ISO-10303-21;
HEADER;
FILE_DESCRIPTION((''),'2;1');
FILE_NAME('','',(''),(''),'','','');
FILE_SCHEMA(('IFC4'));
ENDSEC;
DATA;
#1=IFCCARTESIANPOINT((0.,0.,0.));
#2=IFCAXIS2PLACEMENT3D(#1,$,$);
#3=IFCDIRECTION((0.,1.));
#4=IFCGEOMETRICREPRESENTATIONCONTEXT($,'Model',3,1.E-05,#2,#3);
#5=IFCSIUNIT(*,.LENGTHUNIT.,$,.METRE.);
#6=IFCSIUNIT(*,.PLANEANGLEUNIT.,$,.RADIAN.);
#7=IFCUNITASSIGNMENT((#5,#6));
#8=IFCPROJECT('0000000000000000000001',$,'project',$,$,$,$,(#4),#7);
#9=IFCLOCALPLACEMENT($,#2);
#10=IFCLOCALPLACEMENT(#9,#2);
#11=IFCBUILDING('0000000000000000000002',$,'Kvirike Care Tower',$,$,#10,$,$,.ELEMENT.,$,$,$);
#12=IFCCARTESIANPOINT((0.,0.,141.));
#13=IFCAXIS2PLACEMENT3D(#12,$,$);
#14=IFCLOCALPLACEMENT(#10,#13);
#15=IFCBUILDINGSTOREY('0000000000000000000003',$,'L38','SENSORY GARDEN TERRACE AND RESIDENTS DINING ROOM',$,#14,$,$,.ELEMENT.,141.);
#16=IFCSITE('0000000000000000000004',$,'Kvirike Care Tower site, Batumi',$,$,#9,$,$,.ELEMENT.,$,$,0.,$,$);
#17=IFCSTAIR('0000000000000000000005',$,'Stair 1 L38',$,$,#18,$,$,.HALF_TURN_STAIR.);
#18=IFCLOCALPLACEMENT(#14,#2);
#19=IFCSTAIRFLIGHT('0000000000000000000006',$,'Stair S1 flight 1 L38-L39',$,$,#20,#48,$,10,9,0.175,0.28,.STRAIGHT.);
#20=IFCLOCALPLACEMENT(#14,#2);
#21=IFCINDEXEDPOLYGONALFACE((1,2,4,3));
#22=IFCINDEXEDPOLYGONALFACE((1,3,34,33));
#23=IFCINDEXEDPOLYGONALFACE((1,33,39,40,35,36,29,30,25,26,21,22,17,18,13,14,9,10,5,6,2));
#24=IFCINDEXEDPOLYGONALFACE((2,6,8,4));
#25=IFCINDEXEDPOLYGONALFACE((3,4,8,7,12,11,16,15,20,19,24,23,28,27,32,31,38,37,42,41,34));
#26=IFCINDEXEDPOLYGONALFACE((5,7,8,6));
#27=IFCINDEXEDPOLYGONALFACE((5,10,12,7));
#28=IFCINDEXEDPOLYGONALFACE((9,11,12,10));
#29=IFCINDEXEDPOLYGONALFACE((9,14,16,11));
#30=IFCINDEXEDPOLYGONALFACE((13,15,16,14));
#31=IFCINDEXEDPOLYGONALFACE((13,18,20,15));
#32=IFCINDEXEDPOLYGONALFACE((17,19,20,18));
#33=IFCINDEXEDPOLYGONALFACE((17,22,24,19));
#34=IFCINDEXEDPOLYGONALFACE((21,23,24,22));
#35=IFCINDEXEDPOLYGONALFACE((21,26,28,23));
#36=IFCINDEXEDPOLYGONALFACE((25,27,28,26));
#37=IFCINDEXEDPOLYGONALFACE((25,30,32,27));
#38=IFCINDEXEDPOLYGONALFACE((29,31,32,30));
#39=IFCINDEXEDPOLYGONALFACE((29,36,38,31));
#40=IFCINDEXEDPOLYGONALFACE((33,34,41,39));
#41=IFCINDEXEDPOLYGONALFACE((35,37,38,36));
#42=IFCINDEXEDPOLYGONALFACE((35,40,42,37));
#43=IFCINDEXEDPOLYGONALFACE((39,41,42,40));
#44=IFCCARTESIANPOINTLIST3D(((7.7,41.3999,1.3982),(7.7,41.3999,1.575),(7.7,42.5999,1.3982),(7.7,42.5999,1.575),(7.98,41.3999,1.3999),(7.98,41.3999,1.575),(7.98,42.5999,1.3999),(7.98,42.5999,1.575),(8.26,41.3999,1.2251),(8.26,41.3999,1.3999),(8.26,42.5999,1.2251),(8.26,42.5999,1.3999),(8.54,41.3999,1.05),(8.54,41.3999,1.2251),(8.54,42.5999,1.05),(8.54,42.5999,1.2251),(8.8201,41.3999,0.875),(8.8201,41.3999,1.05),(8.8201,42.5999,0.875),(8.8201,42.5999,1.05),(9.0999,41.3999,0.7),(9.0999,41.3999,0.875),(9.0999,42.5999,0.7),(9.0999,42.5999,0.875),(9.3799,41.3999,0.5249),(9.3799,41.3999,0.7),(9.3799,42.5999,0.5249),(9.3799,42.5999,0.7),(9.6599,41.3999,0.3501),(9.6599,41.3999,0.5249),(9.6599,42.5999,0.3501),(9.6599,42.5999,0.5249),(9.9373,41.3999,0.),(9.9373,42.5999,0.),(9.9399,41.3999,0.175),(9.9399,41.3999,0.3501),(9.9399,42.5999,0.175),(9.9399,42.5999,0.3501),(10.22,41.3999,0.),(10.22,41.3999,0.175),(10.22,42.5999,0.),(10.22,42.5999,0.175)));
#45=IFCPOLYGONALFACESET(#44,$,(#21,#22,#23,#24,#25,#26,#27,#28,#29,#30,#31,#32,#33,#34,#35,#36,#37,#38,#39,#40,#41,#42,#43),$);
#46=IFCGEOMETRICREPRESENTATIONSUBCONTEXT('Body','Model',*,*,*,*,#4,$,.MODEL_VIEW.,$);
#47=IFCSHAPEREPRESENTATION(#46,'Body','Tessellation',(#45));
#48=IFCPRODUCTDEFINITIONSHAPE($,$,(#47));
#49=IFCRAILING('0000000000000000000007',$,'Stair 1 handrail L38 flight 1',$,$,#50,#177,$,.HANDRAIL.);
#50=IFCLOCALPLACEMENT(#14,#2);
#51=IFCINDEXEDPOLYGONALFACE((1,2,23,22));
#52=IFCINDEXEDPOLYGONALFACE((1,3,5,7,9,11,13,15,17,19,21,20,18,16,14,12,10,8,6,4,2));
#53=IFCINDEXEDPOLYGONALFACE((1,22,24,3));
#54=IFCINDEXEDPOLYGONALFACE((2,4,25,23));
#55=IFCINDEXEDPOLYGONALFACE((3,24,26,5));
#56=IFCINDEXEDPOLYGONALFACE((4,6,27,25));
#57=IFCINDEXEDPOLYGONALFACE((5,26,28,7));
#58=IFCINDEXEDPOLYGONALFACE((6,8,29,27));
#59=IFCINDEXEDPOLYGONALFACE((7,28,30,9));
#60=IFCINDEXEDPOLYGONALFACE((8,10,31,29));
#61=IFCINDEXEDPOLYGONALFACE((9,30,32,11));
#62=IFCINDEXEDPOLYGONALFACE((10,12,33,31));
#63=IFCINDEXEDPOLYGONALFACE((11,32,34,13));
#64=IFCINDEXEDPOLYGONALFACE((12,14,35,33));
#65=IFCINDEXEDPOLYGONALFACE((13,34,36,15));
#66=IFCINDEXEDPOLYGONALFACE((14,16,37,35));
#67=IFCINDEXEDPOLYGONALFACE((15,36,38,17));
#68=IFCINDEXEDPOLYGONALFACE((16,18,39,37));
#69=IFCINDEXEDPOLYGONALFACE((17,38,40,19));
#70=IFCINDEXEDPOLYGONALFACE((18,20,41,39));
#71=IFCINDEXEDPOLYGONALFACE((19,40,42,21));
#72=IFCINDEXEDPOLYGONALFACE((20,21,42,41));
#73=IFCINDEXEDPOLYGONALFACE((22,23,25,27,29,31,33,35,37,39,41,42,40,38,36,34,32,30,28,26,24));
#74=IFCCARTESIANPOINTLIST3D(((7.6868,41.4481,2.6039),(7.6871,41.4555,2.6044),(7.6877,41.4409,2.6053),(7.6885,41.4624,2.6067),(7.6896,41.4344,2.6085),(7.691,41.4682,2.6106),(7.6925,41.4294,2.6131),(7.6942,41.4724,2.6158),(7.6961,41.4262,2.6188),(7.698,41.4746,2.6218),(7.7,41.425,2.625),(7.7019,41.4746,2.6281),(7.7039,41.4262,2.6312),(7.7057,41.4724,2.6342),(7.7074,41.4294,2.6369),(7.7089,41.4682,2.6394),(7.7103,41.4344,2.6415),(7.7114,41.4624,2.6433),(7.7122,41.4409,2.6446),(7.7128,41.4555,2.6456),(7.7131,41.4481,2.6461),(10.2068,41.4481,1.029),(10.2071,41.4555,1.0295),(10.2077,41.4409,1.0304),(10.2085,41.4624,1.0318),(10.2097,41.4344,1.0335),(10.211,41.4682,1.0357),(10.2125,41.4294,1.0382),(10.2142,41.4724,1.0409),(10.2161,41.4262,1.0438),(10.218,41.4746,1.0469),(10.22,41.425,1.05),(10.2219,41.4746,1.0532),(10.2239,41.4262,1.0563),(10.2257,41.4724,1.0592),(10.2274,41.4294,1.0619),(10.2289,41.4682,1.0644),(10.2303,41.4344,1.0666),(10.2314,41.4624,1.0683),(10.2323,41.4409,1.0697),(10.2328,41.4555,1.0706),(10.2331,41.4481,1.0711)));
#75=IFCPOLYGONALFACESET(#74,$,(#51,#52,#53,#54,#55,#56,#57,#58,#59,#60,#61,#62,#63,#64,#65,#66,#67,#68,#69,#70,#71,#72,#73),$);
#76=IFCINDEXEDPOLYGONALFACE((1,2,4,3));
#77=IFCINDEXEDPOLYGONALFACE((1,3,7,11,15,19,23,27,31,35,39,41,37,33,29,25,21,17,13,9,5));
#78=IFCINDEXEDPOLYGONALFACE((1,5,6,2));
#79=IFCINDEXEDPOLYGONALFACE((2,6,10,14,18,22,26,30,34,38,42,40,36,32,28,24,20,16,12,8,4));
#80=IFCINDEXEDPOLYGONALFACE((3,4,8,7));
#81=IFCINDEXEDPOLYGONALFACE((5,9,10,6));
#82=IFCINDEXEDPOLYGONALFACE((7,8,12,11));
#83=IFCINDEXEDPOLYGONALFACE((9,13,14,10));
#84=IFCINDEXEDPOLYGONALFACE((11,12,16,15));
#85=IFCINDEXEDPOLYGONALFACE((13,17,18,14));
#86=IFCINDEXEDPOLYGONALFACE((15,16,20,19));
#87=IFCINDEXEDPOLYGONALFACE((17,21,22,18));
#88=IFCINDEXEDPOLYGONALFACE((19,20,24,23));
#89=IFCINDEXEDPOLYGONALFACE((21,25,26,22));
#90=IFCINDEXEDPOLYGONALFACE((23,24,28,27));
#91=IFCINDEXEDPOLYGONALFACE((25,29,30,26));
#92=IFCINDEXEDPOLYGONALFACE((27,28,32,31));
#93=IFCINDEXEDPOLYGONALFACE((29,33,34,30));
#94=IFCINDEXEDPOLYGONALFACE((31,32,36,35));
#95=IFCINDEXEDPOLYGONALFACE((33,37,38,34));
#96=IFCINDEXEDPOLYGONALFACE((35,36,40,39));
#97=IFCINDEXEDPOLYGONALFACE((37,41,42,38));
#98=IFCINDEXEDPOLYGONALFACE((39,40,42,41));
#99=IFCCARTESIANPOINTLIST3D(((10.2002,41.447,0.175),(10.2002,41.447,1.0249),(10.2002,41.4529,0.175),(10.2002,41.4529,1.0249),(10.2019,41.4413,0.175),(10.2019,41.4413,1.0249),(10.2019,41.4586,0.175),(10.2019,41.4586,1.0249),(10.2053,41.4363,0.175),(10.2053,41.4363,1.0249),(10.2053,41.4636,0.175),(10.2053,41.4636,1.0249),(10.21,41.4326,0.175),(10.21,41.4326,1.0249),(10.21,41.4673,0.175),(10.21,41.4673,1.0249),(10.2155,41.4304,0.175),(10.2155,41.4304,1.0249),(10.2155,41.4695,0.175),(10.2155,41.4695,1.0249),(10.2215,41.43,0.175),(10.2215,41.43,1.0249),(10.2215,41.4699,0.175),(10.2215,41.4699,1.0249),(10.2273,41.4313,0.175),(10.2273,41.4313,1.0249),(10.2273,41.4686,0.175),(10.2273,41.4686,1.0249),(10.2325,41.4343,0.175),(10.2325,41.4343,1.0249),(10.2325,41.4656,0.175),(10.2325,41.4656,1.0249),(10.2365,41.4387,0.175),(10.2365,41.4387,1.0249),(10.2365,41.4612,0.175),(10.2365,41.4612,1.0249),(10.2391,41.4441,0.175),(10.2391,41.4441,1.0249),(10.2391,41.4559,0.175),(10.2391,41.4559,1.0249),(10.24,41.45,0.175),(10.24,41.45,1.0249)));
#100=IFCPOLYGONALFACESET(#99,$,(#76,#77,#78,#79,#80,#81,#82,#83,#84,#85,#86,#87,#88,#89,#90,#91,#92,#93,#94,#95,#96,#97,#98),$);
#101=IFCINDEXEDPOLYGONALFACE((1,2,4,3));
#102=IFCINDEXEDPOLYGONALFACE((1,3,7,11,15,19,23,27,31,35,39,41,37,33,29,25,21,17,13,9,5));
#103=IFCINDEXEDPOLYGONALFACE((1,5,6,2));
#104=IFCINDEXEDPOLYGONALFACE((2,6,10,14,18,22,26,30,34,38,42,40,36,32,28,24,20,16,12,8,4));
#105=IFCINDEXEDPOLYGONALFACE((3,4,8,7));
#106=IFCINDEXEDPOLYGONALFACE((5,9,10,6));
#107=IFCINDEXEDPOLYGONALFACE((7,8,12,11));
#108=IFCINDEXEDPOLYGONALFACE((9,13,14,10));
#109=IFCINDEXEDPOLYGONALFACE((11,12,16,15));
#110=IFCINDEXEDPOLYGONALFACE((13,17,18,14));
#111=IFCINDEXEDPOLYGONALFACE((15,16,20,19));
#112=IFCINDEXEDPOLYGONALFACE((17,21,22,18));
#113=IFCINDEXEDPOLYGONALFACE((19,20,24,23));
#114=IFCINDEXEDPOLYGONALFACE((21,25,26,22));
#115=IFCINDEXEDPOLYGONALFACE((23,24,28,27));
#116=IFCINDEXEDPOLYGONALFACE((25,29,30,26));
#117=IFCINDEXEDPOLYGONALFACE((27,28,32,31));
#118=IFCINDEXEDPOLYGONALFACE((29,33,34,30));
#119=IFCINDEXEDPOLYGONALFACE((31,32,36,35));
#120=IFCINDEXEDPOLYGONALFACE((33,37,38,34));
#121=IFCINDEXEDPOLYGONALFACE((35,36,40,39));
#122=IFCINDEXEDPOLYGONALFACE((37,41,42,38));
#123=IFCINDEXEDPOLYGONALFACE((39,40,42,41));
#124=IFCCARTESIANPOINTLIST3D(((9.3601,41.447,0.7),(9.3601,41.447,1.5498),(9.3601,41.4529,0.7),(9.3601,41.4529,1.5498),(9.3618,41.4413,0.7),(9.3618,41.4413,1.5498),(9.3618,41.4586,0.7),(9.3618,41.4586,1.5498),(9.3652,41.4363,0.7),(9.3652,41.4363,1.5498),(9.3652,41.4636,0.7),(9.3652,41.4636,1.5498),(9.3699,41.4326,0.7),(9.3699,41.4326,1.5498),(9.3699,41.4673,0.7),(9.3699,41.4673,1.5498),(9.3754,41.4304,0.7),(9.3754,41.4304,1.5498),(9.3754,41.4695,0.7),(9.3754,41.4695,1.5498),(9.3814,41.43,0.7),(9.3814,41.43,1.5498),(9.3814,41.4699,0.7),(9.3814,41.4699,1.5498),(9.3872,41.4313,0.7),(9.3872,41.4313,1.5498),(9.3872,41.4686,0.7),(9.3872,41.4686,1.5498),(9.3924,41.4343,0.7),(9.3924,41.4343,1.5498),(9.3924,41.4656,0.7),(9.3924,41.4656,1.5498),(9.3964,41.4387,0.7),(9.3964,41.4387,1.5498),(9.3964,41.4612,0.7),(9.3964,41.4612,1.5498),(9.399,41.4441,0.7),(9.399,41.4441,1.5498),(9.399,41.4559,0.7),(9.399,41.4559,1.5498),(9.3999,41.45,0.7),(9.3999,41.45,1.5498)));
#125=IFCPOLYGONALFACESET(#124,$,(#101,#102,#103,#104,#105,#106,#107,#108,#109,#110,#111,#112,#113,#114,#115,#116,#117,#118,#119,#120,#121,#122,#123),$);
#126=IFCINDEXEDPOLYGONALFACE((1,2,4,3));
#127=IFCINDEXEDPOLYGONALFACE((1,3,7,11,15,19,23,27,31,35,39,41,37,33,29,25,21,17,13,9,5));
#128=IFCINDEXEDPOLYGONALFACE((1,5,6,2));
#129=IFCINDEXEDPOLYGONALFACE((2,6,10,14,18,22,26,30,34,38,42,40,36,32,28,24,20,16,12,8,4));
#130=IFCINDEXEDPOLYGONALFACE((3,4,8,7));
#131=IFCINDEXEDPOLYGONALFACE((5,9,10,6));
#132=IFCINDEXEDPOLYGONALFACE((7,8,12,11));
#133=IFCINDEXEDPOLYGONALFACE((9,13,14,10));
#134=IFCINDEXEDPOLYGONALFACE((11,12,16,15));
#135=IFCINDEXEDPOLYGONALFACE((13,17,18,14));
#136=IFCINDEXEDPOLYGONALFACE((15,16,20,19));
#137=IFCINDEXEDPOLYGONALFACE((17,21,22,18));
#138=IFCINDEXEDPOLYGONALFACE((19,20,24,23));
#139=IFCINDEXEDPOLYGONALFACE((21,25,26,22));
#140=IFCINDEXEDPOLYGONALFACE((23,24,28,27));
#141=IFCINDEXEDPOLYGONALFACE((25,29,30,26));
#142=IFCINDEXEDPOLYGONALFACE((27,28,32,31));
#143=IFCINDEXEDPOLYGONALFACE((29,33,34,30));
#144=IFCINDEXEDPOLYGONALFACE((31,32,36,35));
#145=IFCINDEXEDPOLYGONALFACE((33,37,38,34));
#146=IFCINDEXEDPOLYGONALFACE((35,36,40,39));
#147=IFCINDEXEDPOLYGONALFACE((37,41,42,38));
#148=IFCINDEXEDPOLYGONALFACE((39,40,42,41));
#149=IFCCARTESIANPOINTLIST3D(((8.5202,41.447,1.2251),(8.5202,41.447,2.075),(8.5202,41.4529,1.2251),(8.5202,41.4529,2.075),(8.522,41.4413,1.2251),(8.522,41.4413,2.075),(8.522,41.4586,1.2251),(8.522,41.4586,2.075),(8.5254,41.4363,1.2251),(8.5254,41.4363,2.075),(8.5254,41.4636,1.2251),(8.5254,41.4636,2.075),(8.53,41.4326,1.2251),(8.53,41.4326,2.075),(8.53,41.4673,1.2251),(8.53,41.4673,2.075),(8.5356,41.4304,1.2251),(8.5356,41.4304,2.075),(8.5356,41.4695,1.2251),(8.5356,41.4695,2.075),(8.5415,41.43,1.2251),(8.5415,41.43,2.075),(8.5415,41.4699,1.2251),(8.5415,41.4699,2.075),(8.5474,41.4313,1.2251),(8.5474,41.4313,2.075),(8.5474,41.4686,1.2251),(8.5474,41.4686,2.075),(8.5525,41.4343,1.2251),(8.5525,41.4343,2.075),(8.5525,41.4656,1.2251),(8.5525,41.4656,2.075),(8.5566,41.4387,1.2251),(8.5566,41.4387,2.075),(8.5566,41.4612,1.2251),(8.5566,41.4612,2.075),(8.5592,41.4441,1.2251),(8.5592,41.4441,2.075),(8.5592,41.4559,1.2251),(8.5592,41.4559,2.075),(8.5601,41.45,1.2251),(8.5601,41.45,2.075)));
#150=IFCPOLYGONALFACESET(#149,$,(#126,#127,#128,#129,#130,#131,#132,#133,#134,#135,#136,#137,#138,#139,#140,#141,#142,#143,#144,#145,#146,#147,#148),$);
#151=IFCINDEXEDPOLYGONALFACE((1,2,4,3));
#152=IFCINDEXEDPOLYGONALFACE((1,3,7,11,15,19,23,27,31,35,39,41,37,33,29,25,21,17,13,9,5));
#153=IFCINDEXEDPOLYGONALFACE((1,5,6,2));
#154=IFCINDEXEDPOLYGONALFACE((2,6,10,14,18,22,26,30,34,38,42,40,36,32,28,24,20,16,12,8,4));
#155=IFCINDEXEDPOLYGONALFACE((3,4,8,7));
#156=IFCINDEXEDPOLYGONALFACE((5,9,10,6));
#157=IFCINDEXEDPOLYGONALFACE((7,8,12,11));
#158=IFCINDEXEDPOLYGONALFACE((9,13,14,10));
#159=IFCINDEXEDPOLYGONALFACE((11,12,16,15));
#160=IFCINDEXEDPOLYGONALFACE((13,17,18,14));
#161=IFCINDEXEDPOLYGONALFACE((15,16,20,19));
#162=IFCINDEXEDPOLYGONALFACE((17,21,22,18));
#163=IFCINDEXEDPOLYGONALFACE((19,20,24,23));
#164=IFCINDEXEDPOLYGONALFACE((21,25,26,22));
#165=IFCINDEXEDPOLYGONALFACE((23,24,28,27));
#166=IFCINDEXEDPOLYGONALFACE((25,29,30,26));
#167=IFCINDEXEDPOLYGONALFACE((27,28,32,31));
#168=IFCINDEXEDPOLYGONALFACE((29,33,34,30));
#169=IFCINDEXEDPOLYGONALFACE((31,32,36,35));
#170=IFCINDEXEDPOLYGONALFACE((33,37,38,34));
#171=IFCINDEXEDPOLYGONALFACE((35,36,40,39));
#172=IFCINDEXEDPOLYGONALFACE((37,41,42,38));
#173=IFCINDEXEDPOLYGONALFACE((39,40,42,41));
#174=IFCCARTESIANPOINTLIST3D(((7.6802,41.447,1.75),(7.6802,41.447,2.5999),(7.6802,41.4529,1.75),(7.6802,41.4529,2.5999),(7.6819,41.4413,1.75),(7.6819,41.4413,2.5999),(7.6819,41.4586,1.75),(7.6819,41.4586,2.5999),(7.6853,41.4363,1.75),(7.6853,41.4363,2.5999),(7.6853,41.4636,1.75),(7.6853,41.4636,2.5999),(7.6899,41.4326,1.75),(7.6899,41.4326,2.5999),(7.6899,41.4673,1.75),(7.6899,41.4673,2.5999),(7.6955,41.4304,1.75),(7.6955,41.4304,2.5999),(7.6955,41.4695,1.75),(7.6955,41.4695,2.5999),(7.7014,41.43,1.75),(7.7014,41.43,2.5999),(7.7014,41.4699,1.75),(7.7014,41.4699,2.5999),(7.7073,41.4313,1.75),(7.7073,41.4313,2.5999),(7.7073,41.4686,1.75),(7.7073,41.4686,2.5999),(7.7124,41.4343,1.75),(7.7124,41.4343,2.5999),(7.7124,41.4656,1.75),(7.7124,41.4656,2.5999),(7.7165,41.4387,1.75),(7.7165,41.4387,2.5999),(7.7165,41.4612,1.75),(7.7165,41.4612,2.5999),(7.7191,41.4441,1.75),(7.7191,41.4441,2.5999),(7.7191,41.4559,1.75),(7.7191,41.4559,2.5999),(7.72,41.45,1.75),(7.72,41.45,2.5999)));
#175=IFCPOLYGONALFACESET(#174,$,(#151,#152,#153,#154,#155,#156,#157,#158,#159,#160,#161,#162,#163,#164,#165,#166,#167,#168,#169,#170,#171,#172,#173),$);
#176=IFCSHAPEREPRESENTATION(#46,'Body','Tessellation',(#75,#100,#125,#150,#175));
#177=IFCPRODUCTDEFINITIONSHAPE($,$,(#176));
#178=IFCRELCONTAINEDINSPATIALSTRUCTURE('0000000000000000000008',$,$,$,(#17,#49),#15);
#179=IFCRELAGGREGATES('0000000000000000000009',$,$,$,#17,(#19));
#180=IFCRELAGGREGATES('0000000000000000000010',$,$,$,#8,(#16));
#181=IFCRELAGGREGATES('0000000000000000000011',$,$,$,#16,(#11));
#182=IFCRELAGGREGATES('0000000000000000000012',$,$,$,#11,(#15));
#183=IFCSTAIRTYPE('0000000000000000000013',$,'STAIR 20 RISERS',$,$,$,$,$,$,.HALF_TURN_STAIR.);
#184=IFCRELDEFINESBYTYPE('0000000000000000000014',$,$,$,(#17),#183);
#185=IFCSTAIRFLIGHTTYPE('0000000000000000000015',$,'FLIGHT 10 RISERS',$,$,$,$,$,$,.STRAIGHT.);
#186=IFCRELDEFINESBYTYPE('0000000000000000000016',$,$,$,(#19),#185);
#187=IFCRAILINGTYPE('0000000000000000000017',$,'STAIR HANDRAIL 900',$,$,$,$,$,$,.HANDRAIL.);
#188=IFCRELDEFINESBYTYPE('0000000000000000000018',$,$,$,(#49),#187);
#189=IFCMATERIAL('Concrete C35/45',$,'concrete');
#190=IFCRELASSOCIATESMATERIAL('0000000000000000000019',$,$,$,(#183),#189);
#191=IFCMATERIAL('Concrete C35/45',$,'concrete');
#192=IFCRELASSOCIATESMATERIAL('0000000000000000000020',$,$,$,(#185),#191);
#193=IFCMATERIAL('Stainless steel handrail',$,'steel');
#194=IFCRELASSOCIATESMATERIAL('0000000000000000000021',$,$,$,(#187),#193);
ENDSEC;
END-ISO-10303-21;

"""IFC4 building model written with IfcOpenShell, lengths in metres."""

from ifc_helpers import new_model, si_unit, direction, frame, origin, origin_2d, place, context, subcontext, project, spatial, polyline, circle, outline, extrude, material, type_object, element, aggregate, save


model = new_model("IFC4")

# Units and contexts
model_context = context("Model", 3, precision=1e-05, world=origin(), true_north=direction((0.0, 1.0)))
body_context = subcontext(model_context, "Body", "Model", "MODEL_VIEW")
ifc_project = project(units=[si_unit("LENGTHUNIT", "METRE"), si_unit("PLANEANGLEUNIT", "RADIAN")], contexts=[model_context])

# Site, building, storey
site_placement = place(None, origin())
site = spatial("IfcSite", under=ifc_project, at=site_placement, Name="Kvirike Care Tower site, Batumi", CompositionType="ELEMENT", RefElevation=0.0)
building_placement = place(site_placement, origin())
building = spatial("IfcBuilding", under=site, at=building_placement, Name="Kvirike Care Tower", CompositionType="ELEMENT")
storey_placement = place(building_placement, frame((0.0, 0.0, 141.0)))
storey = spatial("IfcBuildingStorey", under=building, at=storey_placement, Name="L38", Description="SENSORY GARDEN TERRACE AND RESIDENTS DINING ROOM", CompositionType="ELEMENT", Elevation=141.0)

# Stair, stair flight
ifc_material_1 = material(Name="Concrete C35/45", Category="concrete")
stair_type = type_object("IfcStairType", Name="STAIR 20 RISERS", PredefinedType="HALF_TURN_STAIR", material=ifc_material_1)
stair_placement = place(storey_placement, origin())
stair = element("IfcStair", 1, at=stair_placement, inside=storey, type_object=stair_type, Name="Stair 1 L38", PredefinedType="HALF_TURN_STAIR")
ifc_material_2 = material(Name="Concrete C35/45", Category="concrete")
stair_flight_type = type_object("IfcStairFlightType", Name="FLIGHT 10 RISERS", PredefinedType="STRAIGHT", material=ifc_material_2)
stair_flight_placement = place(storey_placement, frame((10.22, 42.0, 0.0), z_axis=(0.0, 0.0, 1.0), x_axis=(-1.0, 0.0, 0.0)))
stair_flight = element("IfcStairFlight", 2, at=stair_flight_placement, type_object=stair_flight_type, Name="Stair S1 flight 1 L38-L39", NumberOfRisers=10, NumberOfTreads=9, PredefinedType="STRAIGHT", RiserHeight=0.175, TreadLength=0.28, context=body_context, shape_type="SweptSolid", body=[
    extrude(outline(polyline([(0.0, 0.0), (0.0, 0.175), (0.28, 0.175), (0.28, 0.3501), (0.5601, 0.3501), (0.5601, 0.5249), (0.8401, 0.5249), (0.8401, 0.7), (1.1201, 0.7), (1.1201, 0.875), (1.3999, 0.875), (1.3999, 1.05), (1.6799, 1.05), (1.6799, 1.2251), (1.96, 1.2251), (1.96, 1.3999), (2.24, 1.3999), (2.24, 1.575), (2.52, 1.575), (2.52, 1.75), (2.52, 1.3982), (0.2827, 0.0), (0.0, 0.0)])), frame((0.0, 0.6001, 0.0), z_axis=(0.0, -1.0, 0.0), x_axis=(1.0, 0.0, 0.0)), (0.0, 0.0, 1.0), 1.2),
])
aggregate(stair, [stair_flight])

# Railing
ifc_material_3 = material(Name="Stainless steel handrail", Category="steel")
railing_type = type_object("IfcRailingType", Name="STAIR HANDRAIL 900", PredefinedType="HANDRAIL", material=ifc_material_3)
railing_placement = place(storey_placement, frame((10.22, 41.45, 0.175)))
element("IfcRailing", 3, at=railing_placement, inside=storey, type_object=railing_type, Name="Stair 1 handrail L38 flight 1", PredefinedType="HANDRAIL", context=body_context, shape_type="SweptSolid", body=[
    extrude(circle(Radius=0.0249, at=origin_2d()), frame((0.0, 0.0, 0.875), z_axis=(-0.848008, 0.0, 0.529984), x_axis=(0.0, -1.0, 0.0)), (0.0, 0.0, 1.0), 2.9717),
    extrude(circle(Radius=0.02, at=origin_2d()), origin(), (0.0, 0.0, 1.0), 0.8499),
    extrude(circle(Radius=0.02, at=origin_2d()), frame((-0.8401, 0.0, 0.5249)), (0.0, 0.0, 1.0), 0.8499),
    extrude(circle(Radius=0.02, at=origin_2d()), frame((-1.6799, 0.0, 1.05)), (0.0, 0.0, 1.0), 0.8499),
    extrude(circle(Radius=0.02, at=origin_2d()), frame((-2.52, 0.0, 1.575)), (0.0, 0.0, 1.0), 0.8499),
])

save(model, "model.ifc")
